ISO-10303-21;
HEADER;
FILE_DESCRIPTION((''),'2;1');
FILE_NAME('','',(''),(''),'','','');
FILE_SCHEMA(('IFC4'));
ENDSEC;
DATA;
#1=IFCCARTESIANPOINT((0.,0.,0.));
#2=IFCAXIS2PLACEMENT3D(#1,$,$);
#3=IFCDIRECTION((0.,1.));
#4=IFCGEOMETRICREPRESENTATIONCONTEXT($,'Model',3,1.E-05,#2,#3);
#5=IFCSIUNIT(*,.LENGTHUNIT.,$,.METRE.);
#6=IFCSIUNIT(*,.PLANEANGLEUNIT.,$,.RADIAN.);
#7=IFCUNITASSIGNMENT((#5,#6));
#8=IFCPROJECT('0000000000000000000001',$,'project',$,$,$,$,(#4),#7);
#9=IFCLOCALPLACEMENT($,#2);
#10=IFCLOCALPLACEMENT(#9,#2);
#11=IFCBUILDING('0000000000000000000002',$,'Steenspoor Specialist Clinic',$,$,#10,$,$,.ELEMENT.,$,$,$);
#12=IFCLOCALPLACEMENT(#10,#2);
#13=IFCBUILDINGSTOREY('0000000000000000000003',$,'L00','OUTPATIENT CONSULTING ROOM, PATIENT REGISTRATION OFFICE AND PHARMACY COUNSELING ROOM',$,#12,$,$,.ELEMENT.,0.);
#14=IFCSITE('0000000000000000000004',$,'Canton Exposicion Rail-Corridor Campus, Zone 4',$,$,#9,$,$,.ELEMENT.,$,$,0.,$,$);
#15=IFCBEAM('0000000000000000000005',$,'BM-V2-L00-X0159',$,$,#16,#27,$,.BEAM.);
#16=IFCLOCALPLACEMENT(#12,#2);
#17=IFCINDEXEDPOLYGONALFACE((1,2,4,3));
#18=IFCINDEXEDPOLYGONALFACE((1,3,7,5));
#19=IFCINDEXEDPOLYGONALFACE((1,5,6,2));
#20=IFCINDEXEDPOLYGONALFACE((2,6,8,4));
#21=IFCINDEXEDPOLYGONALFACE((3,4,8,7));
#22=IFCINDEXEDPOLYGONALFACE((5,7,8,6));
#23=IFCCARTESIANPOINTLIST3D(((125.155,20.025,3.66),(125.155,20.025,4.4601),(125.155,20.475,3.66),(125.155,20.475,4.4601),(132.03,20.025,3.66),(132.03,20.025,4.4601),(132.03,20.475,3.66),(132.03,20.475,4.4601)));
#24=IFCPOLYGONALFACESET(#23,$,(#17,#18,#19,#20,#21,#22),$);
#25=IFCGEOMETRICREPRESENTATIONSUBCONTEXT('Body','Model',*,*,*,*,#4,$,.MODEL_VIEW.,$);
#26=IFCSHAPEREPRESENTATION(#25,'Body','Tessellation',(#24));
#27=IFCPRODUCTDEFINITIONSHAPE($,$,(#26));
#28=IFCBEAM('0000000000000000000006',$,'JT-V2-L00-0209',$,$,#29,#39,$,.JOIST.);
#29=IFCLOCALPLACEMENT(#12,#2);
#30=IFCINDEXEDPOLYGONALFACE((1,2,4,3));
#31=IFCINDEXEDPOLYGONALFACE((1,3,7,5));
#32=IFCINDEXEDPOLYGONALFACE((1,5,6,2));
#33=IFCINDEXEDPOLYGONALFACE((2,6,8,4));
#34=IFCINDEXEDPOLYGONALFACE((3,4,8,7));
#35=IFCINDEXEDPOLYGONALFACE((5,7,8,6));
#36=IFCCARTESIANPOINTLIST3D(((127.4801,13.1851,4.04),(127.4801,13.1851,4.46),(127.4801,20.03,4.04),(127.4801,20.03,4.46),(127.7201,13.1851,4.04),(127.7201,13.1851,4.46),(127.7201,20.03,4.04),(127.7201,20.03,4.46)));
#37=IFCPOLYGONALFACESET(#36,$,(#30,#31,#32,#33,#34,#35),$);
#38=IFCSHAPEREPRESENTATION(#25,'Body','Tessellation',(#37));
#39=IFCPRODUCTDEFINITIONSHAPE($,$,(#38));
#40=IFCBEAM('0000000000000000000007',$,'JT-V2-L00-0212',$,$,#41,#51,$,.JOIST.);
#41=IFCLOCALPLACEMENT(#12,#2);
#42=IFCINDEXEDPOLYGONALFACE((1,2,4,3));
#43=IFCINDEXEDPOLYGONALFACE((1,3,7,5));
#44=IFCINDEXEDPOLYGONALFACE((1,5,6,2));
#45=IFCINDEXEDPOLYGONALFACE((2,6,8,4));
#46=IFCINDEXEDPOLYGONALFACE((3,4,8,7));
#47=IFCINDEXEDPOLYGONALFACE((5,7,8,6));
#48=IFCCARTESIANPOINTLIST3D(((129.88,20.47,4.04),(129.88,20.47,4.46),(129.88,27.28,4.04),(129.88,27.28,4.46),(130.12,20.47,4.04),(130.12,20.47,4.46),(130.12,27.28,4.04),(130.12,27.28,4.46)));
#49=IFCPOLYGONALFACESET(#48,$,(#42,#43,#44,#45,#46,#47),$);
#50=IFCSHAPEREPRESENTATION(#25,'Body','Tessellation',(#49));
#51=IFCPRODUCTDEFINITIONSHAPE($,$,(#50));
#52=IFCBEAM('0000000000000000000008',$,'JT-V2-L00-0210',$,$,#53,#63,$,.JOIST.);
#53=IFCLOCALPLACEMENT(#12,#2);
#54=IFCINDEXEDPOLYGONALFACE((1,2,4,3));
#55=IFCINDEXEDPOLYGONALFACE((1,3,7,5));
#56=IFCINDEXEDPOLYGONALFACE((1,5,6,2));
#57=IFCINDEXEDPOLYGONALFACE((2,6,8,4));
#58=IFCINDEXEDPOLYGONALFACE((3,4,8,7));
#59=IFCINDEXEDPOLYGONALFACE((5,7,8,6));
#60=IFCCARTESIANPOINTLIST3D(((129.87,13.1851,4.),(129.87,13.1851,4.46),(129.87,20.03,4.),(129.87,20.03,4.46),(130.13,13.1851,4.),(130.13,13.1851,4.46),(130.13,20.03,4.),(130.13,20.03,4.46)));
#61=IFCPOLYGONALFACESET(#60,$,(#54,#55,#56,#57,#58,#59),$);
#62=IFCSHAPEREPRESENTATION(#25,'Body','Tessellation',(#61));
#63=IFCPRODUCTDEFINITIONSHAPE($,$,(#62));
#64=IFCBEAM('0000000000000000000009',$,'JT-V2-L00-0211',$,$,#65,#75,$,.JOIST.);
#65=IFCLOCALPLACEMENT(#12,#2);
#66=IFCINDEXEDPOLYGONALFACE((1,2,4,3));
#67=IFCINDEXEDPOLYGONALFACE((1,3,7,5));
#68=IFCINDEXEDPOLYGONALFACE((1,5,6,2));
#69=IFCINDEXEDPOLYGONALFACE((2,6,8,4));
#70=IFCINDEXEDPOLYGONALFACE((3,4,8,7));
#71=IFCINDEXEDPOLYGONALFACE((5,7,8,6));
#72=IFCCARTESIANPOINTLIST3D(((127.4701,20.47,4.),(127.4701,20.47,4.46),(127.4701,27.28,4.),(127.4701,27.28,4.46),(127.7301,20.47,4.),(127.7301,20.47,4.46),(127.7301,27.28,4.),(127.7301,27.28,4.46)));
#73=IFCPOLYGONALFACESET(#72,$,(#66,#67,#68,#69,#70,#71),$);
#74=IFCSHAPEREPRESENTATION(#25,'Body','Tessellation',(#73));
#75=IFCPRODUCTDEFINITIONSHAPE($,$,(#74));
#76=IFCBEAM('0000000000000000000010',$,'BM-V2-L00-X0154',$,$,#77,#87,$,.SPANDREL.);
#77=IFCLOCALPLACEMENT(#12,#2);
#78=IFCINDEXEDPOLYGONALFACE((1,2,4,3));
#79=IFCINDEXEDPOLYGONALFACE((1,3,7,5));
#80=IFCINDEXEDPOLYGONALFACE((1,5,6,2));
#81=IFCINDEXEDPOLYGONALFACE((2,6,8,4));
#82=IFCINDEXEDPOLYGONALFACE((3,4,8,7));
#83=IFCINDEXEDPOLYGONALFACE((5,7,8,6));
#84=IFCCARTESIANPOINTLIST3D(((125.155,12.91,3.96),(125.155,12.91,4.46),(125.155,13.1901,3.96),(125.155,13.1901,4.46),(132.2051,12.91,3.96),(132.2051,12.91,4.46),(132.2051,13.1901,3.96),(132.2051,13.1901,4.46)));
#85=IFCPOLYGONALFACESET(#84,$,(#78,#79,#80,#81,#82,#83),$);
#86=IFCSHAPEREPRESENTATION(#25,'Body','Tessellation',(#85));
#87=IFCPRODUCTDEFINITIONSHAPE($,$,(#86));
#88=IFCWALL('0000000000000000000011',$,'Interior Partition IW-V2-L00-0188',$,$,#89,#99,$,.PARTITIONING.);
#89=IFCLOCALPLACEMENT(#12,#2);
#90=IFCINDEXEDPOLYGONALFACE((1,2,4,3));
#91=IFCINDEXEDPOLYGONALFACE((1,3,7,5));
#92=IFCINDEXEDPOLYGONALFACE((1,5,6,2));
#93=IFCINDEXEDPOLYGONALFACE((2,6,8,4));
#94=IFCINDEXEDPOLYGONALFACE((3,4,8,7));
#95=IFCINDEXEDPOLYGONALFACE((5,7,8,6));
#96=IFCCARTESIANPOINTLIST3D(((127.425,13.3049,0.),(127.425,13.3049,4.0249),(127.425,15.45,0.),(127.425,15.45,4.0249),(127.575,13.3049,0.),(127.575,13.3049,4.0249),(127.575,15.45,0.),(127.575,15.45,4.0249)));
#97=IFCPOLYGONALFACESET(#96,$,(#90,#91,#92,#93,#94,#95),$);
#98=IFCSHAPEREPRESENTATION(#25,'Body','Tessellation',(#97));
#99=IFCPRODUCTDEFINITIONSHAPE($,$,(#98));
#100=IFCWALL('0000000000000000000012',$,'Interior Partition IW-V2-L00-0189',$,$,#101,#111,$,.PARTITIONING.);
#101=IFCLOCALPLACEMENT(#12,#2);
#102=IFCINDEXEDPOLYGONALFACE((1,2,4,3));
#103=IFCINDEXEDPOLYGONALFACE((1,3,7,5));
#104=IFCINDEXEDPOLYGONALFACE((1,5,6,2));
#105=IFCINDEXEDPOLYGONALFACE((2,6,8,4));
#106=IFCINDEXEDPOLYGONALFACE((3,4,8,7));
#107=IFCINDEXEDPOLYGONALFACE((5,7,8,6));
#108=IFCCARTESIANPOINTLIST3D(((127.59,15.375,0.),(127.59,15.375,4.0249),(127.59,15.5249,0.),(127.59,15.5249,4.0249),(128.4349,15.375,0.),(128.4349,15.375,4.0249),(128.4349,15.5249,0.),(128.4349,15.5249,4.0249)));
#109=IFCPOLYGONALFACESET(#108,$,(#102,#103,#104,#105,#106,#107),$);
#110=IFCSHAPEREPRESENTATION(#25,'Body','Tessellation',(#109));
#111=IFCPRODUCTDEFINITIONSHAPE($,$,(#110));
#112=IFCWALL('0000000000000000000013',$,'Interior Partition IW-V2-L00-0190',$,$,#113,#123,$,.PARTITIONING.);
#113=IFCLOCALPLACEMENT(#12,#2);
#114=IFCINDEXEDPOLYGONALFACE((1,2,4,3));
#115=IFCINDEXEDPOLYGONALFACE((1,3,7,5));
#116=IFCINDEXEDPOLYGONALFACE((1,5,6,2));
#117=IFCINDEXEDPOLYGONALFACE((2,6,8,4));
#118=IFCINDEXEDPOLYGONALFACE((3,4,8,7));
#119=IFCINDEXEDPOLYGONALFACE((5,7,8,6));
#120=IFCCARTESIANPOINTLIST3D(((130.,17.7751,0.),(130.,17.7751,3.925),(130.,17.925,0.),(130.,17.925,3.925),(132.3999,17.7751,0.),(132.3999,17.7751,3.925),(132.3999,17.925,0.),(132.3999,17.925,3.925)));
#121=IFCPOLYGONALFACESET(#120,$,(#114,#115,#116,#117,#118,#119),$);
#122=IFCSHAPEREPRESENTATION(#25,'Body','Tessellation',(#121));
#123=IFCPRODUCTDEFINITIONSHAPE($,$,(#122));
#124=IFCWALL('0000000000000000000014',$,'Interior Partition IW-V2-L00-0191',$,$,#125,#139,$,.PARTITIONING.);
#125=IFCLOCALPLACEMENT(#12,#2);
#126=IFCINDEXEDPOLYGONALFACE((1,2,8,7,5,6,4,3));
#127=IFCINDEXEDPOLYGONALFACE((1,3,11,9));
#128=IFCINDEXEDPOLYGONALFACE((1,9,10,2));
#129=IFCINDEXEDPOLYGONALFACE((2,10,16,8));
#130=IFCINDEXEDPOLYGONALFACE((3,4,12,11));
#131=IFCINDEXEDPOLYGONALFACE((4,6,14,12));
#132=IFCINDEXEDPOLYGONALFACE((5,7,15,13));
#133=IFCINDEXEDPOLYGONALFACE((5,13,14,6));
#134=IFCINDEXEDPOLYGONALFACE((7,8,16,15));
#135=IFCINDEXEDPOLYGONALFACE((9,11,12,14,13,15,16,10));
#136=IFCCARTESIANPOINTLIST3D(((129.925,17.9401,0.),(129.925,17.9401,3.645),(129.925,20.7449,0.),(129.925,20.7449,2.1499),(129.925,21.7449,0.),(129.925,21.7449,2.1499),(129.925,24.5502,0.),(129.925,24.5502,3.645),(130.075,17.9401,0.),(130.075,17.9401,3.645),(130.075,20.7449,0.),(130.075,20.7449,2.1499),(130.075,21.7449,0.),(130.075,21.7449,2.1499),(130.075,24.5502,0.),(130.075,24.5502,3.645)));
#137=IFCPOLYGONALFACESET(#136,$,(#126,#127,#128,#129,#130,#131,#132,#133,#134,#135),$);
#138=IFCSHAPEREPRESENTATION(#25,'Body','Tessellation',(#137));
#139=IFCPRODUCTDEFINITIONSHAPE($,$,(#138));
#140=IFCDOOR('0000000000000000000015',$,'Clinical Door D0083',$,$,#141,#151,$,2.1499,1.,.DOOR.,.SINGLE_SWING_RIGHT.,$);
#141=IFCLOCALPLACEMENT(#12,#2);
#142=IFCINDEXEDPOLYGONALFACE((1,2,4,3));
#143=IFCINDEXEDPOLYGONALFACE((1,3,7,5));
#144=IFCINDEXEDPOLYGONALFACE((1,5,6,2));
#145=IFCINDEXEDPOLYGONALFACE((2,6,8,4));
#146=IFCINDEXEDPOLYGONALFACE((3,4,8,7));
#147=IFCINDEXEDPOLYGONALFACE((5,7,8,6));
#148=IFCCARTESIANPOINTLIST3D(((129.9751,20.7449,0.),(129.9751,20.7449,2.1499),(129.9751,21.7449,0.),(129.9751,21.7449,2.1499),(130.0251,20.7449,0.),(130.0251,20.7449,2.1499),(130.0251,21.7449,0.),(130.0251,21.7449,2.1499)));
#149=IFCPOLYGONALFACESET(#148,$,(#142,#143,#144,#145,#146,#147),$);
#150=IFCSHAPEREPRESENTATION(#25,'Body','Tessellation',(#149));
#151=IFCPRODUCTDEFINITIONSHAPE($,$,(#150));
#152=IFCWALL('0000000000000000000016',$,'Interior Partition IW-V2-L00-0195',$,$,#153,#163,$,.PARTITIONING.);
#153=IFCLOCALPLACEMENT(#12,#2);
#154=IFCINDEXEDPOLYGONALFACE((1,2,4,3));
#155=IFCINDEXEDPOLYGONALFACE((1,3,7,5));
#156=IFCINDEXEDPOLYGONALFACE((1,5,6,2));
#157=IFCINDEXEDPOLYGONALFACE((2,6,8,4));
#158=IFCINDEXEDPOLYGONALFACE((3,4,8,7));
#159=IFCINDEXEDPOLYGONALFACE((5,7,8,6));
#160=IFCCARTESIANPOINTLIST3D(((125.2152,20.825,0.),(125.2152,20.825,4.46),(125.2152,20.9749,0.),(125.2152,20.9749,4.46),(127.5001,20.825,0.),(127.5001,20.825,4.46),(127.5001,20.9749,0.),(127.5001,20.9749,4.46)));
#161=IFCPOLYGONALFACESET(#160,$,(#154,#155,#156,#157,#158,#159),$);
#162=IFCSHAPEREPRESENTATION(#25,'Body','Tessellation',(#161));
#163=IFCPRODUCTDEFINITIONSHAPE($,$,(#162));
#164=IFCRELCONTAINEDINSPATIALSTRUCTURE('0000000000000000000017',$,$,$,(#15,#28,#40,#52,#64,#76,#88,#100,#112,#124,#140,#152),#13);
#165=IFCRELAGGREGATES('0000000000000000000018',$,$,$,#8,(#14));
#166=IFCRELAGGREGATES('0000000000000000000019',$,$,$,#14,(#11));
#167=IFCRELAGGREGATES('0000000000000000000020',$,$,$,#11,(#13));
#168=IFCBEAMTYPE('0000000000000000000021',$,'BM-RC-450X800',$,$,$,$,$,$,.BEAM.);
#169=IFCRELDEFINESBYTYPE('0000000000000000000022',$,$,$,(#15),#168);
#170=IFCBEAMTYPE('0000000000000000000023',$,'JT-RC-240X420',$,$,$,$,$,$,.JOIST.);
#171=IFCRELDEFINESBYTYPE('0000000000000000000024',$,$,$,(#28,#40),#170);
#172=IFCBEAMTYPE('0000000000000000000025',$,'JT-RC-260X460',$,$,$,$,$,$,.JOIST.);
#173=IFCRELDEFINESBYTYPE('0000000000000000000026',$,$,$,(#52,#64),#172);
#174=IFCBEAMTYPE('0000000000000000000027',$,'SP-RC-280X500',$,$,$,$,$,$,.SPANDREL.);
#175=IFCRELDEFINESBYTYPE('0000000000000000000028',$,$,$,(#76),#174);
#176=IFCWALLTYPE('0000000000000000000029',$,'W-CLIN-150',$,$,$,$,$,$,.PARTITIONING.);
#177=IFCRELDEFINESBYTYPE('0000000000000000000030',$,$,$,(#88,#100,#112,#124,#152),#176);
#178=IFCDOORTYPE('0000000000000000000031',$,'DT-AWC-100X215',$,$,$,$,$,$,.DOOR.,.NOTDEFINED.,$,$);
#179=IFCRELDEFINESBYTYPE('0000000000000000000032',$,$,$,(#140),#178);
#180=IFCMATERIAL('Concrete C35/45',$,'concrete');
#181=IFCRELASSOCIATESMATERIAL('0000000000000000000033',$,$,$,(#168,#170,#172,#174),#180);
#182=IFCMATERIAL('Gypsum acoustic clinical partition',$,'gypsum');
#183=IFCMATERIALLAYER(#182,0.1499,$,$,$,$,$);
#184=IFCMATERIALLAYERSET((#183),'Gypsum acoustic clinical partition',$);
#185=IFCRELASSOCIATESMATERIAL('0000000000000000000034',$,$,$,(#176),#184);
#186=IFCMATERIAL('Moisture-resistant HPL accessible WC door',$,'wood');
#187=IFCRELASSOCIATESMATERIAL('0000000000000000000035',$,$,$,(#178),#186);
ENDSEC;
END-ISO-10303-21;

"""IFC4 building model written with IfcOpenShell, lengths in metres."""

from ifc_helpers import new_model, si_unit, direction, frame, frame_2d, origin, origin_2d, place, context, subcontext, project, spatial, rectangle, extrude, material, layer, layer_set, material_profile, profile_set, type_object, element, fill, save


model = new_model("IFC4")

# Units and contexts
model_context = context("Model", 3, precision=1e-05, world=origin(), true_north=direction((0.0, 1.0)))
body_context = subcontext(model_context, "Body", "Model", "MODEL_VIEW")
ifc_project = project(units=[si_unit("LENGTHUNIT", "METRE"), si_unit("PLANEANGLEUNIT", "RADIAN")], contexts=[model_context])

# Site, building, storey
site_placement = place(None, origin())
site = spatial("IfcSite", under=ifc_project, at=site_placement, Name="Canton Exposicion Rail-Corridor Campus, Zone 4", CompositionType="ELEMENT", RefElevation=0.0)
building_placement = place(site_placement, origin())
building = spatial("IfcBuilding", under=site, at=building_placement, Name="Steenspoor Specialist Clinic", CompositionType="ELEMENT")
storey_placement = place(building_placement, origin())
storey = spatial("IfcBuildingStorey", under=building, at=storey_placement, Name="L00", Description="OUTPATIENT CONSULTING ROOM, PATIENT REGISTRATION OFFICE AND PHARMACY COUNSELING ROOM", CompositionType="ELEMENT", Elevation=0.0)

# Beams
ifc_material_1 = material(Name="Concrete C35/45", Category="concrete")
ifc_material_profile_1 = material_profile(ifc_material_1, rectangle(XDim=0.45, YDim=0.8, at=origin_2d()), Name="RC-BM-450X800")
ifc_profile_set_1 = profile_set([ifc_material_profile_1], Name="Concrete C35/45")
beam_type_1 = type_object("IfcBeamType", Name="BM-RC-450X800", PredefinedType="BEAM", material=ifc_profile_set_1)
beam_1_placement = place(storey_placement, frame((125.155, 20.25, 4.0601), z_axis=(1.0, 0.0, 0.0), x_axis=(0.0, 1.0, 0.0)))
element("IfcBeam", 1, at=beam_1_placement, inside=storey, type_object=beam_type_1, Name="BM-V2-L00-X0159", PredefinedType="BEAM", context=body_context, shape_type="SweptSolid", body=[
    extrude(rectangle(XDim=0.45, YDim=0.8, at=origin_2d()), origin(), (0.0, 0.0, 1.0), 6.875),
])
ifc_material_profile_2 = material_profile(ifc_material_1, rectangle(XDim=0.24, YDim=0.4199, at=origin_2d()), Name="RC-JT-240X420")
ifc_profile_set_2 = profile_set([ifc_material_profile_2], Name="Concrete C35/45")
beam_type_2 = type_object("IfcBeamType", Name="JT-RC-240X420", PredefinedType="JOIST", material=ifc_profile_set_2)
beam_2_placement = place(storey_placement, frame((127.6001, 13.1851, 4.25), z_axis=(0.0, 1.0, 0.0), x_axis=(-1.0, 0.0, 0.0)))
element("IfcBeam", 2, at=beam_2_placement, inside=storey, type_object=beam_type_2, Name="JT-V2-L00-0209", PredefinedType="JOIST", context=body_context, shape_type="SweptSolid", body=[
    extrude(rectangle(XDim=0.24, YDim=0.4199, at=origin_2d()), origin(), (0.0, 0.0, 1.0), 6.845),
])
beam_3_placement = place(storey_placement, frame((130.0, 20.47, 4.25), z_axis=(0.0, 1.0, 0.0), x_axis=(-1.0, 0.0, 0.0)))
element("IfcBeam", 3, at=beam_3_placement, inside=storey, type_object=beam_type_2, Name="JT-V2-L00-0212", PredefinedType="JOIST", context=body_context, shape_type="SweptSolid", body=[
    extrude(rectangle(XDim=0.24, YDim=0.4199, at=origin_2d()), origin(), (0.0, 0.0, 1.0), 6.8101),
])
ifc_material_profile_3 = material_profile(ifc_material_1, rectangle(XDim=0.26, YDim=0.46, at=origin_2d()), Name="RC-JT-260X460")
ifc_profile_set_3 = profile_set([ifc_material_profile_3], Name="Concrete C35/45")
beam_type_3 = type_object("IfcBeamType", Name="JT-RC-260X460", PredefinedType="JOIST", material=ifc_profile_set_3)
beam_4_placement = place(storey_placement, frame((130.0, 13.1851, 4.23), z_axis=(0.0, 1.0, 0.0), x_axis=(-1.0, 0.0, 0.0)))
element("IfcBeam", 4, at=beam_4_placement, inside=storey, type_object=beam_type_3, Name="JT-V2-L00-0210", PredefinedType="JOIST", context=body_context, shape_type="SweptSolid", body=[
    extrude(rectangle(XDim=0.26, YDim=0.46, at=origin_2d()), origin(), (0.0, 0.0, 1.0), 6.845),
])
beam_5_placement = place(storey_placement, frame((127.6001, 20.47, 4.23), z_axis=(0.0, 1.0, 0.0), x_axis=(-1.0, 0.0, 0.0)))
element("IfcBeam", 5, at=beam_5_placement, inside=storey, type_object=beam_type_3, Name="JT-V2-L00-0211", PredefinedType="JOIST", context=body_context, shape_type="SweptSolid", body=[
    extrude(rectangle(XDim=0.26, YDim=0.46, at=origin_2d()), origin(), (0.0, 0.0, 1.0), 6.8101),
])
ifc_material_profile_4 = material_profile(ifc_material_1, rectangle(XDim=0.28, YDim=0.5, at=origin_2d()), Name="RC-SP-280X500")
ifc_profile_set_4 = profile_set([ifc_material_profile_4], Name="Concrete C35/45")
beam_type_4 = type_object("IfcBeamType", Name="SP-RC-280X500", PredefinedType="SPANDREL", material=ifc_profile_set_4)
beam_6_placement = place(storey_placement, frame((125.155, 13.05, 4.21), z_axis=(1.0, 0.0, 0.0), x_axis=(0.0, 1.0, 0.0)))
element("IfcBeam", 6, at=beam_6_placement, inside=storey, type_object=beam_type_4, Name="BM-V2-L00-X0154", PredefinedType="SPANDREL", context=body_context, shape_type="SweptSolid", body=[
    extrude(rectangle(XDim=0.28, YDim=0.5, at=origin_2d()), origin(), (0.0, 0.0, 1.0), 7.05),
])

# Shared definitions
ifc_material_2 = material(Name="Gypsum acoustic clinical partition", Category="gypsum")
ifc_layer_1 = layer(ifc_material_2, 0.1499)
ifc_layer_set_1 = layer_set([ifc_layer_1], Name="Gypsum acoustic clinical partition")
wall_type_1 = type_object("IfcWallType", Name="W-CLIN-150", PredefinedType="PARTITIONING", material=ifc_layer_set_1)

# Walls
wall_1_placement = place(storey_placement, frame((127.5, 13.3049, 0.0), z_axis=(0.0, 0.0, 1.0), x_axis=(0.0, 1.0, 0.0)))
element("IfcWall", 7, at=wall_1_placement, inside=storey, type_object=wall_type_1, Name="Interior Partition IW-V2-L00-0188", PredefinedType="PARTITIONING", context=body_context, shape_type="SweptSolid", body=[
    extrude(rectangle(XDim=2.145, YDim=0.1499, at=frame_2d((1.0725, 0.0))), origin(), (0.0, 0.0, 1.0), 4.0249),
])
wall_2_placement = place(storey_placement, frame((127.5901, 15.45, 0.0), z_axis=(0.0, 0.0, 1.0), x_axis=(1.0, 0.0, 0.0)))
element("IfcWall", 8, at=wall_2_placement, inside=storey, type_object=wall_type_1, Name="Interior Partition IW-V2-L00-0189", PredefinedType="PARTITIONING", context=body_context, shape_type="SweptSolid", body=[
    extrude(rectangle(XDim=0.845, YDim=0.1499, at=frame_2d((0.4224, 0.0))), origin(), (0.0, 0.0, 1.0), 4.0249),
])
wall_3_placement = place(storey_placement, frame((130.0, 17.8501, 0.0), z_axis=(0.0, 0.0, 1.0), x_axis=(1.0, 0.0, 0.0)))
element("IfcWall", 9, at=wall_3_placement, inside=storey, type_object=wall_type_1, Name="Interior Partition IW-V2-L00-0190", PredefinedType="PARTITIONING", context=body_context, shape_type="SweptSolid", body=[
    extrude(rectangle(XDim=2.3999, YDim=0.1499, at=frame_2d((1.2, 0.0))), origin(), (0.0, 0.0, 1.0), 3.925),
])

# Wall, opening, door
wall_4_placement = place(storey_placement, frame((130.0, 17.9399, 0.0), z_axis=(0.0, 0.0, 1.0), x_axis=(0.0, 1.0, 0.0)))
wall_4 = element("IfcWall", 10, at=wall_4_placement, inside=storey, type_object=wall_type_1, Name="Interior Partition IW-V2-L00-0191", PredefinedType="PARTITIONING", context=body_context, shape_type="SweptSolid", body=[
    extrude(rectangle(XDim=6.6101, YDim=0.1499, at=frame_2d((3.3052, 0.0))), origin(), (0.0, 0.0, 1.0), 3.645),
])
opening_1_placement = place(wall_4_placement, frame((2.8049, 0.0, 0.0)))
opening_1 = element("IfcOpeningElement", 11, at=opening_1_placement, cuts=wall_4, PredefinedType="OPENING", context=body_context, shape_type="SweptSolid", body=[
    extrude(rectangle(XDim=1.0, YDim=2.1499, at=frame_2d((0.5, 1.075))), frame((0.0, 0.085, 0.0), z_axis=(0.0, -1.0, 0.0), x_axis=(1.0, 0.0, 0.0)), (0.0, 0.0, 1.0), 0.1699),
])
ifc_material_3 = material(Name="Moisture-resistant HPL accessible WC door", Category="wood")
door_type_1 = type_object("IfcDoorType", Name="DT-AWC-100X215", OperationType="NOTDEFINED", PredefinedType="DOOR", material=ifc_material_3)
door_1_placement = place(opening_1_placement, origin())
door_1 = element("IfcDoor", 12, at=door_1_placement, inside=storey, type_object=door_type_1, Name="Clinical Door D0083", OperationType="SINGLE_SWING_RIGHT", OverallHeight=2.1499, OverallWidth=1.0, PredefinedType="DOOR", context=body_context, shape_type="SweptSolid", body=[
    extrude(rectangle(XDim=1.0, YDim=2.1499, at=frame_2d((0.5, 1.075))), frame((0.0, 0.0249, 0.0), z_axis=(0.0, -1.0, 0.0), x_axis=(1.0, 0.0, 0.0)), (0.0, 0.0, 1.0), 0.05),
])
fill(opening_1, door_1)

# Wall
wall_5_placement = place(storey_placement, frame((125.2151, 20.8999, 0.0), z_axis=(0.0, 0.0, 1.0), x_axis=(1.0, 0.0, 0.0)))
element("IfcWall", 13, at=wall_5_placement, inside=storey, type_object=wall_type_1, Name="Interior Partition IW-V2-L00-0195", PredefinedType="PARTITIONING", context=body_context, shape_type="SweptSolid", body=[
    extrude(rectangle(XDim=2.2849, YDim=0.1499, at=frame_2d((1.1426, 0.0))), origin(), (0.0, 0.0, 1.0), 4.46),
])

save(model, "model.ifc")
